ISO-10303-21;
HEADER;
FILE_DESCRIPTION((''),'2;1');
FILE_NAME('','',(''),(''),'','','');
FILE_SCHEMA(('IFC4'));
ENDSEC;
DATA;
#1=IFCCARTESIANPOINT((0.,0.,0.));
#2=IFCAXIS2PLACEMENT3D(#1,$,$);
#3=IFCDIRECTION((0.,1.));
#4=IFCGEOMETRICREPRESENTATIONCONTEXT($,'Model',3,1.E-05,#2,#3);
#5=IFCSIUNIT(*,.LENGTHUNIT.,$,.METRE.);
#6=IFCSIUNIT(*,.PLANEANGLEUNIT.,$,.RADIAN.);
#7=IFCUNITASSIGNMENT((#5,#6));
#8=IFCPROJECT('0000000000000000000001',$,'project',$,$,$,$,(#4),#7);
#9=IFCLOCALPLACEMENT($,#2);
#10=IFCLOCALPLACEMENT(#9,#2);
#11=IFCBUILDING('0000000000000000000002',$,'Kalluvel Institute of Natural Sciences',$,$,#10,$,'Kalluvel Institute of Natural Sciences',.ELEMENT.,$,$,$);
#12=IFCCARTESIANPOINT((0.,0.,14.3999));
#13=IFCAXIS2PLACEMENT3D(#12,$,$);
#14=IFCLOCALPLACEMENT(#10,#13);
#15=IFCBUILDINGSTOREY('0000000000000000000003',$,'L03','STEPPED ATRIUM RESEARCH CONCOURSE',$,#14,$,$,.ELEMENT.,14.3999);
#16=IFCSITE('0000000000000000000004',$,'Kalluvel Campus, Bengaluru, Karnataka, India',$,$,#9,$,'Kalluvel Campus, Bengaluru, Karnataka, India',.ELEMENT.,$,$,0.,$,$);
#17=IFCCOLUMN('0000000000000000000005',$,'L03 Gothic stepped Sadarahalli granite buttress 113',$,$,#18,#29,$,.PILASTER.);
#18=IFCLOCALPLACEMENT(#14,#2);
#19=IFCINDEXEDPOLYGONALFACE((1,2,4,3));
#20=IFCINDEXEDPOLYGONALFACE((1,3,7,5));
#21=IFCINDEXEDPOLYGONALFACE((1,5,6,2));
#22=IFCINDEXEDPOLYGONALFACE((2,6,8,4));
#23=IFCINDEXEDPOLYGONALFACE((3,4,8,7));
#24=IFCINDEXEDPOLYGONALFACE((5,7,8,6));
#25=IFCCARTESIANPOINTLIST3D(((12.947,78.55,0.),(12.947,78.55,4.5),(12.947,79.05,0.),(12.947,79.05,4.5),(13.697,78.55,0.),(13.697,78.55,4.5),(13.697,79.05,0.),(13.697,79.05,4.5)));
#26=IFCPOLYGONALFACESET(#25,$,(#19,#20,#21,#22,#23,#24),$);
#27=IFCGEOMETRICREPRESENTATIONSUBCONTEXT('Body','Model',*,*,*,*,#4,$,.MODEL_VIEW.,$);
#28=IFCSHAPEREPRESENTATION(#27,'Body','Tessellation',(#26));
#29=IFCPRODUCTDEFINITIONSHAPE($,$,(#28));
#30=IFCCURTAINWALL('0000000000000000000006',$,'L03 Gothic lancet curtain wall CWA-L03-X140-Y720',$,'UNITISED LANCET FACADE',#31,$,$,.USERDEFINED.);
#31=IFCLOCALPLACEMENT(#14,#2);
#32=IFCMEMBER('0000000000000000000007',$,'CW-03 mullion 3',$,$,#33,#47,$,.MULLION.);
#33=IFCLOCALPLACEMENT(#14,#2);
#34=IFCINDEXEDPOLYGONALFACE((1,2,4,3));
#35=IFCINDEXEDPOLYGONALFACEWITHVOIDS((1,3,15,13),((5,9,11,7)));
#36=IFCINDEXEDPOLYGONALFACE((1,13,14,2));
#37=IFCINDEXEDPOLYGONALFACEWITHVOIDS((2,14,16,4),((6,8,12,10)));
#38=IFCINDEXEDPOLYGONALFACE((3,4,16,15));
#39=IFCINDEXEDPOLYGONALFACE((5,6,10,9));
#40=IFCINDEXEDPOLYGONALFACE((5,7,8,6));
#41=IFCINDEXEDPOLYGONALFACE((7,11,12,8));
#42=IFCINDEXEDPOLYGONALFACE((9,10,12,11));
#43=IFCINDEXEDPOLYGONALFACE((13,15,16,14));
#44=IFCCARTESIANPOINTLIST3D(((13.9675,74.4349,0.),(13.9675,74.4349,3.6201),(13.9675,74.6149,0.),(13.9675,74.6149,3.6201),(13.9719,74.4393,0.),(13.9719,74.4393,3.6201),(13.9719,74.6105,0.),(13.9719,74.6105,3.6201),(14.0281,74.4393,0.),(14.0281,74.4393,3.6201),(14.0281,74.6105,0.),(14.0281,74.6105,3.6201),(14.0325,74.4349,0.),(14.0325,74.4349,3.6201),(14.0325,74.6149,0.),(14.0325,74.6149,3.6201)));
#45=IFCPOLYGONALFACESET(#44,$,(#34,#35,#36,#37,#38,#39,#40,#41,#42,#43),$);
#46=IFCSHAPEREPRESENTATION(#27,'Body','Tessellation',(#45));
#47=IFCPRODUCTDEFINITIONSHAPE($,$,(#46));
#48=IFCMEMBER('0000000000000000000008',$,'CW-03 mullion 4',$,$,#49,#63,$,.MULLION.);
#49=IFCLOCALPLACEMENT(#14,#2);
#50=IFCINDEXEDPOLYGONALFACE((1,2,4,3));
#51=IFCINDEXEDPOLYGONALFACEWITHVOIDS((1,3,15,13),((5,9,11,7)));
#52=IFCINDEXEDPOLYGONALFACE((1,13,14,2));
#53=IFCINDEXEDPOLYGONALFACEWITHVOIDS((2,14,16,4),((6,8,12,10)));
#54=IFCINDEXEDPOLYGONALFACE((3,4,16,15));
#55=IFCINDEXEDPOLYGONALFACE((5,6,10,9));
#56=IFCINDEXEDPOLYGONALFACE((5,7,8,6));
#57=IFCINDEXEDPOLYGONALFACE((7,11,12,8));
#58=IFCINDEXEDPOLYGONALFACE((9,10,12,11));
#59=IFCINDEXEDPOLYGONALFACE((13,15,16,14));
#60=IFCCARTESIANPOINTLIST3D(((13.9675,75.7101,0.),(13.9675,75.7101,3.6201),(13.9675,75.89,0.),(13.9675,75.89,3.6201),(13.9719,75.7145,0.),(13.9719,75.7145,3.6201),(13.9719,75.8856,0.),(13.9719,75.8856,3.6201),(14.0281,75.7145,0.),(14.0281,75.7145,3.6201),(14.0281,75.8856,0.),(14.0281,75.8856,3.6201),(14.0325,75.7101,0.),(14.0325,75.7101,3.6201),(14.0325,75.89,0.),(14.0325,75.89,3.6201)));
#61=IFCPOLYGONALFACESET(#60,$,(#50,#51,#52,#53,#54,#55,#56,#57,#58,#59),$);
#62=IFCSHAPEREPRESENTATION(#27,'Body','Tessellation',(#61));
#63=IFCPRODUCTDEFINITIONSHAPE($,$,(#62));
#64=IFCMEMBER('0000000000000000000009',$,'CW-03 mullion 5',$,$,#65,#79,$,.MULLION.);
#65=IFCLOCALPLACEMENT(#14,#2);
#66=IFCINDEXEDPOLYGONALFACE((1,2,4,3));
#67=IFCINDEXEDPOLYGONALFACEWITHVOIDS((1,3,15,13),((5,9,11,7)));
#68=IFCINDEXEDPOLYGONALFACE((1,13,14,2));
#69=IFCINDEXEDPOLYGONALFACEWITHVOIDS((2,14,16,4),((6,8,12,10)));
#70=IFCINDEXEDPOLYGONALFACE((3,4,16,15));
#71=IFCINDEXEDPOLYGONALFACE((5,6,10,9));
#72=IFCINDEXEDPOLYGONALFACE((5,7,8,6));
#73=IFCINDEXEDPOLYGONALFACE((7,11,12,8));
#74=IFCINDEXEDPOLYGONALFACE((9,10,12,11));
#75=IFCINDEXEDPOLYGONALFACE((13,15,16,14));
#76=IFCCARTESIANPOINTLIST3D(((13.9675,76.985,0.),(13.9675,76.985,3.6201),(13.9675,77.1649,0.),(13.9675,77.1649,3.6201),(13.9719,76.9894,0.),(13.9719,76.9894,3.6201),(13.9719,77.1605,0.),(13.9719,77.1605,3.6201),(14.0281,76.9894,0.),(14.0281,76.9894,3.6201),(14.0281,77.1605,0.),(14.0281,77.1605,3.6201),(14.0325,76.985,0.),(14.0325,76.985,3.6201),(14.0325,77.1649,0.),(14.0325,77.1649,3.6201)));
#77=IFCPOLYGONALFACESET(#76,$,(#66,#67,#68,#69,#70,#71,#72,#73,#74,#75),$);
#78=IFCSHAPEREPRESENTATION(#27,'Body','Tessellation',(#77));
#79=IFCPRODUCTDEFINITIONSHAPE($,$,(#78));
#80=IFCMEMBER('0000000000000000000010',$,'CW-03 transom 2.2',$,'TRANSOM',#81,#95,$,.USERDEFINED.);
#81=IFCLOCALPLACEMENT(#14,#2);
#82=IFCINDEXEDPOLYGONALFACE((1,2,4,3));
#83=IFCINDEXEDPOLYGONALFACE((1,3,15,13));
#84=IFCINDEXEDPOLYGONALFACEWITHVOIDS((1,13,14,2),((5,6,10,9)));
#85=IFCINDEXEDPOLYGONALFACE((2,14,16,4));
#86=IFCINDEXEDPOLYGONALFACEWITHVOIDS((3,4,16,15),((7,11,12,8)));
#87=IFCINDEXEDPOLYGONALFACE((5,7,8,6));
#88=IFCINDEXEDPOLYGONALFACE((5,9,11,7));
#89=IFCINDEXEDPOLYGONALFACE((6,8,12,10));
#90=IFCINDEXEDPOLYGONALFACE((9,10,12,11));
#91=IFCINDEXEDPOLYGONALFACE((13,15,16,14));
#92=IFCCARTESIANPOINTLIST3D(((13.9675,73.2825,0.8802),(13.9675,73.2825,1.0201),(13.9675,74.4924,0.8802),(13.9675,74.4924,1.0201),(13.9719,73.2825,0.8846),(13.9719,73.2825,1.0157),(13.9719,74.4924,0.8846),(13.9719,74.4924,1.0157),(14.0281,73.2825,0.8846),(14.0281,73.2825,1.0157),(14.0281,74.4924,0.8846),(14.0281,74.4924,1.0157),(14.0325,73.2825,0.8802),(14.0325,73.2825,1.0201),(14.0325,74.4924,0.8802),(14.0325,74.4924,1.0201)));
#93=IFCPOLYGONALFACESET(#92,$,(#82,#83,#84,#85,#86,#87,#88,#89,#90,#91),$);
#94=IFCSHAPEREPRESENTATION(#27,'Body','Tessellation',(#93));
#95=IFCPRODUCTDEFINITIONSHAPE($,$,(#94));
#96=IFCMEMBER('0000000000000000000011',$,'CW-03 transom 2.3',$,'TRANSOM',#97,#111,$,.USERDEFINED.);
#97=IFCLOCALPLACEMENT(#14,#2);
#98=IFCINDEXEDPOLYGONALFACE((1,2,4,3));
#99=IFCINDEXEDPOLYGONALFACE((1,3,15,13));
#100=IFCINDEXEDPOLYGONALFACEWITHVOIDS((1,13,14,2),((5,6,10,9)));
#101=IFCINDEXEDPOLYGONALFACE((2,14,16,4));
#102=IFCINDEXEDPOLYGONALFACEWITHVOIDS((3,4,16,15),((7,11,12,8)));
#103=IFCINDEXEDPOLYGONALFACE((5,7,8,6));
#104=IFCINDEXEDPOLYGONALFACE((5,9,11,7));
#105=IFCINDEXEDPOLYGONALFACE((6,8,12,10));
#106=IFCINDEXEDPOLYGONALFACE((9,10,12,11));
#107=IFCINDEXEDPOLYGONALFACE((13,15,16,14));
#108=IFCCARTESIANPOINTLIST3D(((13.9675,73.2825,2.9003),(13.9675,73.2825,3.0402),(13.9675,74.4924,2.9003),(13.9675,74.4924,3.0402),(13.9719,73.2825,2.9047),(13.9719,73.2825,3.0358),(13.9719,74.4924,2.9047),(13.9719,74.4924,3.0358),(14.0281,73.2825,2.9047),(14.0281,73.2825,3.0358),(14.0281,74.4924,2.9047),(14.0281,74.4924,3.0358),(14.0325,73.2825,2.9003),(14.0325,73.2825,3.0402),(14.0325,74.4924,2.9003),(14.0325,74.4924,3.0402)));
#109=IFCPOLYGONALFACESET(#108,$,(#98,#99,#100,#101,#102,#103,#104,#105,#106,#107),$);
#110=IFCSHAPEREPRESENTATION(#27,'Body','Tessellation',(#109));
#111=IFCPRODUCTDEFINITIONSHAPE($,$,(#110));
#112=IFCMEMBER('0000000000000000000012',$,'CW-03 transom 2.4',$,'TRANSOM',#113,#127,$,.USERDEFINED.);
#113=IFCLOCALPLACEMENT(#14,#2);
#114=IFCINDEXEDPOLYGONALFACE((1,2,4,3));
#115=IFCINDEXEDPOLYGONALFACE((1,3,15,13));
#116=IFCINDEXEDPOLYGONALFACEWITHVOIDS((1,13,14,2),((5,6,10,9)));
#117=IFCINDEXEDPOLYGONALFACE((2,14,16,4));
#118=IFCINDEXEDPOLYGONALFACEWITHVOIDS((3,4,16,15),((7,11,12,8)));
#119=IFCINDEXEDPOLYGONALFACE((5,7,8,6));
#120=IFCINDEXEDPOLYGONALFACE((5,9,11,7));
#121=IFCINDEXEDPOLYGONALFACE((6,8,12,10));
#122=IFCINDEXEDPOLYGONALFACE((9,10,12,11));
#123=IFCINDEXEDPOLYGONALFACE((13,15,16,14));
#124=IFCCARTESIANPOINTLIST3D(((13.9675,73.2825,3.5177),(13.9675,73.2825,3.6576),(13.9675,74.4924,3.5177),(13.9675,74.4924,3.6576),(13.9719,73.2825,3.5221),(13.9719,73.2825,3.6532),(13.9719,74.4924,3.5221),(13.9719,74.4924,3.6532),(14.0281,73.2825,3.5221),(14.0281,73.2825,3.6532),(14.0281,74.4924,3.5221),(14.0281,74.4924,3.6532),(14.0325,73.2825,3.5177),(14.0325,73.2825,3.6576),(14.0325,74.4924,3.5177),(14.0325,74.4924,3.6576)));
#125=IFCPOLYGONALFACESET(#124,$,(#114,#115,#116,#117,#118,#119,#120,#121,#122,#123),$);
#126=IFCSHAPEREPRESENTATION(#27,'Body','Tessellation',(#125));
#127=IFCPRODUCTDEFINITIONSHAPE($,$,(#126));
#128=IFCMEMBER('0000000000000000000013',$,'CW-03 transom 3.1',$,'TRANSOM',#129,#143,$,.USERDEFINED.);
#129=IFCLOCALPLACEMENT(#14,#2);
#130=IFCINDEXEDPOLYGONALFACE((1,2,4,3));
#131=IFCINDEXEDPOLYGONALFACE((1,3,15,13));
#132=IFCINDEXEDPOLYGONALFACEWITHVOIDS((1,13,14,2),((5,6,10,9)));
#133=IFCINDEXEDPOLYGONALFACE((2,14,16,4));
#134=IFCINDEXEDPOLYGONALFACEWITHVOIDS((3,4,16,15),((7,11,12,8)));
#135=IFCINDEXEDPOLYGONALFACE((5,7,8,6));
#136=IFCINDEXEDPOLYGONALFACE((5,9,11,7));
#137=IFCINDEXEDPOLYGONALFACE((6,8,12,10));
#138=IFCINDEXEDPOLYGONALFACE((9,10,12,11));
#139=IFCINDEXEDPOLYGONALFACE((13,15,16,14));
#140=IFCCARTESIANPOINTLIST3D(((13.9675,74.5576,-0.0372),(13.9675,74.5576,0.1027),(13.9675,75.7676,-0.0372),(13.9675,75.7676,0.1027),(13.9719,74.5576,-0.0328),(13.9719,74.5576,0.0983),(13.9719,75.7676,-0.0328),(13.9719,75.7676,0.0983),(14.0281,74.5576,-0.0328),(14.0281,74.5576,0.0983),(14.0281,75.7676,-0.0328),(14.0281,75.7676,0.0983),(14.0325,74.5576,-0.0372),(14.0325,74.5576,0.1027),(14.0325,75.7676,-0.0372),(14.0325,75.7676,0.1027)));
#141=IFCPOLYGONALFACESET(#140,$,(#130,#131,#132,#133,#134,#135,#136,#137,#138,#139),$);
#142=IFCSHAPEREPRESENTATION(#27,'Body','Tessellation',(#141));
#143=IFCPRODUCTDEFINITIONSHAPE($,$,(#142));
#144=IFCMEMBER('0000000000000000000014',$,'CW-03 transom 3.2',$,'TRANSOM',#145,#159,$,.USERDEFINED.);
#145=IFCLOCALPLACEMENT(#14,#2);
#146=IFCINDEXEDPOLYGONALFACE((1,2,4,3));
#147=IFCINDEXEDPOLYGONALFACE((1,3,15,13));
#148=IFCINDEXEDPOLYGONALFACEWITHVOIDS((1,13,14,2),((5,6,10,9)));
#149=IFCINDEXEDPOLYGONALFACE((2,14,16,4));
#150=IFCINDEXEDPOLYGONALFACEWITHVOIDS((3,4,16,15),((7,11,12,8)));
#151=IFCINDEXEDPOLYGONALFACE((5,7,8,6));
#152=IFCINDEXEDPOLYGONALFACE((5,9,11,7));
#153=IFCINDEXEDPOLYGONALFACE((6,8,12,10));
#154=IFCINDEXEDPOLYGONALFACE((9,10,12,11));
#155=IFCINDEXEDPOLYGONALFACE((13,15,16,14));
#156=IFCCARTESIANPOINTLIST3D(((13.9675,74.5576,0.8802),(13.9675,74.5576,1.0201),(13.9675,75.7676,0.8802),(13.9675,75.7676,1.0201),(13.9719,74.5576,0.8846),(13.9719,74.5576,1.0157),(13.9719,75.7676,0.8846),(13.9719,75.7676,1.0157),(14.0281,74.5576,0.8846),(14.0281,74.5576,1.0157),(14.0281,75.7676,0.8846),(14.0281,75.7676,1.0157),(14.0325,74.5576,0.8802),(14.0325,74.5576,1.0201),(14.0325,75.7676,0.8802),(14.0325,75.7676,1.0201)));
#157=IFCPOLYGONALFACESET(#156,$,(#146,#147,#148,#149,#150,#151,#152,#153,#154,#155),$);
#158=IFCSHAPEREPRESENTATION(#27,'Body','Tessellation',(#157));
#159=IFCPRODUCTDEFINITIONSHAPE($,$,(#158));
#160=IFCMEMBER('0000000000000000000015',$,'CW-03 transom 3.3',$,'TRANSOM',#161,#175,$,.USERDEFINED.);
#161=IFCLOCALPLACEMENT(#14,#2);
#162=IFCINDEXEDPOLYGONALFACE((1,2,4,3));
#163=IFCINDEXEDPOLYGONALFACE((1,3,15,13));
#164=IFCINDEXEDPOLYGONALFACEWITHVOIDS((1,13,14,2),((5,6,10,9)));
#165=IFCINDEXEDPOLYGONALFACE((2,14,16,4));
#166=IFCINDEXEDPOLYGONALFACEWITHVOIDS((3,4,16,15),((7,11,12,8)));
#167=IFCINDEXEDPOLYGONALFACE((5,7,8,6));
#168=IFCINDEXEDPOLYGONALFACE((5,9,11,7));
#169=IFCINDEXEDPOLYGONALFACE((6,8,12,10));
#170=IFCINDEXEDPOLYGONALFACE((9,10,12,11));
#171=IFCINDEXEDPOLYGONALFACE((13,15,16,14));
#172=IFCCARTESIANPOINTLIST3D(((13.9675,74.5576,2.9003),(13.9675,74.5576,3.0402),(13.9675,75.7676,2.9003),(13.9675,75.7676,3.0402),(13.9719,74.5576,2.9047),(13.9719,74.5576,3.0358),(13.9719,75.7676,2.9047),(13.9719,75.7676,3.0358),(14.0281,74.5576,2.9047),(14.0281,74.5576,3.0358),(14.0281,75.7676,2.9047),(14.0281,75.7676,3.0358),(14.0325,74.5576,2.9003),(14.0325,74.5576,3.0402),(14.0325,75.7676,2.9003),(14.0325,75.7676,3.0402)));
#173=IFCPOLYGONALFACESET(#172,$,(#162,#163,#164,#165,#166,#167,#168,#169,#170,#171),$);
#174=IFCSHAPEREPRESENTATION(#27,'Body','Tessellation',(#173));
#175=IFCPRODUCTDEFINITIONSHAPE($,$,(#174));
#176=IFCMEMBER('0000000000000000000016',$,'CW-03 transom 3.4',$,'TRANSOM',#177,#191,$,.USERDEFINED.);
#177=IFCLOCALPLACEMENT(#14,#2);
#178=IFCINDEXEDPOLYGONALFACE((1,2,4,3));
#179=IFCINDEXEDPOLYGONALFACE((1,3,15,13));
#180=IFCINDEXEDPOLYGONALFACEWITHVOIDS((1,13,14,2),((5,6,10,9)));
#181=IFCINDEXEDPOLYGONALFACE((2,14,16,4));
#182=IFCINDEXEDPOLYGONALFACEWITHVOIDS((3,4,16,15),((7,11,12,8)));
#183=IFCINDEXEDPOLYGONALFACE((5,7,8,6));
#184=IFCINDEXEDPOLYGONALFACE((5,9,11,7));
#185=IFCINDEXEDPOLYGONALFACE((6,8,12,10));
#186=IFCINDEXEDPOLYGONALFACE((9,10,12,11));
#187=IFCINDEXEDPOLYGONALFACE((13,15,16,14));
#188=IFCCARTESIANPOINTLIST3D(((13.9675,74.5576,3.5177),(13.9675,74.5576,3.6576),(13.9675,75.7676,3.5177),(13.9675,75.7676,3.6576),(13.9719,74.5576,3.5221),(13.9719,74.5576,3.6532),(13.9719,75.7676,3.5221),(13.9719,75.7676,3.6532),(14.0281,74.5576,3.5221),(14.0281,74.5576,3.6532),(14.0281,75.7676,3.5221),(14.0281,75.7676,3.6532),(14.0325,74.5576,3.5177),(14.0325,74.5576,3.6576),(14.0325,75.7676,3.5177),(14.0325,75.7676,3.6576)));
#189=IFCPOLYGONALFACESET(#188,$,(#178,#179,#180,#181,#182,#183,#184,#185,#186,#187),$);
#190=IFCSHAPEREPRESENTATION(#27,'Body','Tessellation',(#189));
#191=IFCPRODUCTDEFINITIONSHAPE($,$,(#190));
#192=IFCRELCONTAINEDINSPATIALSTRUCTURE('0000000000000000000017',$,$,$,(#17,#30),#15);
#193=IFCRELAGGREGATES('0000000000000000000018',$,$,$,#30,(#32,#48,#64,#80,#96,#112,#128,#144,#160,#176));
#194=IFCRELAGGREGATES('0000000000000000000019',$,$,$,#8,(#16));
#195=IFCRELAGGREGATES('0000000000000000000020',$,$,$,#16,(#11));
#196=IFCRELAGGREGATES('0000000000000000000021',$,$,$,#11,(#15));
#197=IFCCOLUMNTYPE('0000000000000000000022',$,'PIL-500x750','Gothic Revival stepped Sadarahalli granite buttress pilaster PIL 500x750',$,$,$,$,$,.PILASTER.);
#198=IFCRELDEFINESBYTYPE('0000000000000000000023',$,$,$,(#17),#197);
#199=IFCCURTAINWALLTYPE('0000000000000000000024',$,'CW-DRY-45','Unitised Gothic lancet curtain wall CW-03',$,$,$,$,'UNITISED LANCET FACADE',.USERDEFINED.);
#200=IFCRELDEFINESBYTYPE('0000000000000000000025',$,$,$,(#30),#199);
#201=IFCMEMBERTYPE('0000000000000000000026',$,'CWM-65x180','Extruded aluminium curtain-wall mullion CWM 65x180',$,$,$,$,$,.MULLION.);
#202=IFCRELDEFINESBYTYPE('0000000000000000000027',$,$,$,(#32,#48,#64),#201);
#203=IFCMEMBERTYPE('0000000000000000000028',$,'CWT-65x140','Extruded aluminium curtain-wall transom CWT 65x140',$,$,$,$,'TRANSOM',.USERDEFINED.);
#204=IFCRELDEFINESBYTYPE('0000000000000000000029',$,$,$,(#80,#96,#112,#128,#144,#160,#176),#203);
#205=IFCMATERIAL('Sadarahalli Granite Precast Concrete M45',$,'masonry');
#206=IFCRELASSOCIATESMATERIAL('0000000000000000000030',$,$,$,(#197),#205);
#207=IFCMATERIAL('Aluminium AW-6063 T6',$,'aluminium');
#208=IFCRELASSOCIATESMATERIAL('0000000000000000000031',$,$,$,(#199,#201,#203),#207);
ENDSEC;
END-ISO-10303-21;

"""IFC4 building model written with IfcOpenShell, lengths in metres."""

from ifc_helpers import new_model, si_unit, direction, frame, origin, origin_2d, place, context, subcontext, project, spatial, rectangle, hollow_rectangle, extrude, material, material_profile, profile_set, type_object, element, aggregate, save


model = new_model("IFC4")

# Units and contexts
model_context = context("Model", 3, precision=1e-05, world=origin(), true_north=direction((0.0, 1.0)))
body_context = subcontext(model_context, "Body", "Model", "MODEL_VIEW")
ifc_project = project(units=[si_unit("LENGTHUNIT", "METRE"), si_unit("PLANEANGLEUNIT", "RADIAN")], contexts=[model_context])

# Site, building, storey
site_placement = place(None, origin())
site = spatial("IfcSite", under=ifc_project, at=site_placement, Name="Kalluvel Campus, Bengaluru, Karnataka, India", LongName="Kalluvel Campus, Bengaluru, Karnataka, India", CompositionType="ELEMENT", RefElevation=0.0)
building_placement = place(site_placement, origin())
building = spatial("IfcBuilding", under=site, at=building_placement, Name="Kalluvel Institute of Natural Sciences", LongName="Kalluvel Institute of Natural Sciences", CompositionType="ELEMENT")
storey_placement = place(building_placement, frame((0.0, 0.0, 14.3999)))
storey = spatial("IfcBuildingStorey", under=building, at=storey_placement, Name="L03", Description="STEPPED ATRIUM RESEARCH CONCOURSE", CompositionType="ELEMENT", Elevation=14.3999)

# Column
ifc_material_1 = material(Name="Sadarahalli Granite Precast Concrete M45", Category="masonry")
ifc_material_profile_1 = material_profile(ifc_material_1, rectangle(XDim=0.5, YDim=0.75, at=origin_2d()), Name="PIL 500x750")
ifc_profile_set_1 = profile_set([ifc_material_profile_1], Name="Sadarahalli Granite Precast Concrete M45")
column_type = type_object("IfcColumnType", Name="PIL-500x750", Description="Gothic Revival stepped Sadarahalli granite buttress pilaster PIL 500x750", PredefinedType="PILASTER", material=ifc_profile_set_1)
column_placement = place(storey_placement, frame((13.322, 78.8, 0.0), z_axis=(0.0, 0.0, 1.0), x_axis=(0.0, 1.0, 0.0)))
element("IfcColumn", 1, at=column_placement, inside=storey, type_object=column_type, Name="L03 Gothic stepped Sadarahalli granite buttress 113", PredefinedType="PILASTER", context=body_context, shape_type="SweptSolid", body=[
    extrude(rectangle(XDim=0.5, YDim=0.75, at=origin_2d()), origin(), (0.0, 0.0, 1.0), 4.5),
])

# Curtain wall, members
ifc_material_2 = material(Name="Aluminium AW-6063 T6", Category="aluminium")
curtain_wall_type = type_object("IfcCurtainWallType", Name="CW-DRY-45", Description="Unitised Gothic lancet curtain wall CW-03", ElementType="UNITISED LANCET FACADE", PredefinedType="USERDEFINED", material=ifc_material_2)
curtain_wall_placement = place(storey_placement, origin())
curtain_wall = element("IfcCurtainWall", 2, at=curtain_wall_placement, inside=storey, type_object=curtain_wall_type, Name="L03 Gothic lancet curtain wall CWA-L03-X140-Y720", ObjectType="UNITISED LANCET FACADE", PredefinedType="USERDEFINED")
ifc_material_profile_2 = material_profile(ifc_material_2, hollow_rectangle(XDim=0.0649, YDim=0.1799, WallThickness=0.0044, at=origin_2d()), Name="CWM 65x180")
ifc_profile_set_2 = profile_set([ifc_material_profile_2], Name="Aluminium AW-6063 T6")
member_type_1 = type_object("IfcMemberType", Name="CWM-65x180", Description="Extruded aluminium curtain-wall mullion CWM 65x180", PredefinedType="MULLION", material=ifc_profile_set_2)
member_1_placement = place(storey_placement, frame((14.0, 74.5249, 0.0), z_axis=(0.0, 0.0, 1.0), x_axis=(-1.0, 0.0, 0.0)))
member_1 = element("IfcMember", 3, at=member_1_placement, type_object=member_type_1, Name="CW-03 mullion 3", PredefinedType="MULLION", context=body_context, shape_type="SweptSolid", body=[
    extrude(hollow_rectangle(XDim=0.0649, YDim=0.1799, WallThickness=0.0044, at=origin_2d()), origin(), (0.0, 0.0, 1.0), 3.6201),
])
member_2_placement = place(storey_placement, frame((14.0, 75.8, 0.0), z_axis=(0.0, 0.0, 1.0), x_axis=(-1.0, 0.0, 0.0)))
member_2 = element("IfcMember", 4, at=member_2_placement, type_object=member_type_1, Name="CW-03 mullion 4", PredefinedType="MULLION", context=body_context, shape_type="SweptSolid", body=[
    extrude(hollow_rectangle(XDim=0.0649, YDim=0.1799, WallThickness=0.0044, at=origin_2d()), origin(), (0.0, 0.0, 1.0), 3.6201),
])
member_3_placement = place(storey_placement, frame((14.0, 77.075, 0.0), z_axis=(0.0, 0.0, 1.0), x_axis=(-1.0, 0.0, 0.0)))
member_3 = element("IfcMember", 5, at=member_3_placement, type_object=member_type_1, Name="CW-03 mullion 5", PredefinedType="MULLION", context=body_context, shape_type="SweptSolid", body=[
    extrude(hollow_rectangle(XDim=0.0649, YDim=0.1799, WallThickness=0.0044, at=origin_2d()), origin(), (0.0, 0.0, 1.0), 3.6201),
])
ifc_material_profile_3 = material_profile(ifc_material_2, hollow_rectangle(XDim=0.0649, YDim=0.1399, WallThickness=0.0044, at=origin_2d()), Name="CWT 65x140")
ifc_profile_set_3 = profile_set([ifc_material_profile_3], Name="Aluminium AW-6063 T6")
member_type_2 = type_object("IfcMemberType", Name="CWT-65x140", Description="Extruded aluminium curtain-wall transom CWT 65x140", ElementType="TRANSOM", PredefinedType="USERDEFINED", material=ifc_profile_set_3)
member_4_placement = place(storey_placement, frame((14.0, 73.2825, 0.9502), z_axis=(0.0, 1.0, 0.0), x_axis=(-1.0, 0.0, 0.0)))
member_4 = element("IfcMember", 6, at=member_4_placement, type_object=member_type_2, Name="CW-03 transom 2.2", ObjectType="TRANSOM", PredefinedType="USERDEFINED", context=body_context, shape_type="SweptSolid", body=[
    extrude(hollow_rectangle(XDim=0.0649, YDim=0.1399, WallThickness=0.0044, at=origin_2d()), origin(), (0.0, 0.0, 1.0), 1.21),
])
member_5_placement = place(storey_placement, frame((14.0, 73.2825, 2.9702), z_axis=(0.0, 1.0, 0.0), x_axis=(-1.0, 0.0, 0.0)))
member_5 = element("IfcMember", 7, at=member_5_placement, type_object=member_type_2, Name="CW-03 transom 2.3", ObjectType="TRANSOM", PredefinedType="USERDEFINED", context=body_context, shape_type="SweptSolid", body=[
    extrude(hollow_rectangle(XDim=0.0649, YDim=0.1399, WallThickness=0.0044, at=origin_2d()), origin(), (0.0, 0.0, 1.0), 1.21),
])
member_6_placement = place(storey_placement, frame((14.0, 73.2825, 3.5876), z_axis=(0.0, 1.0, 0.0), x_axis=(-1.0, 0.0, 0.0)))
member_6 = element("IfcMember", 8, at=member_6_placement, type_object=member_type_2, Name="CW-03 transom 2.4", ObjectType="TRANSOM", PredefinedType="USERDEFINED", context=body_context, shape_type="SweptSolid", body=[
    extrude(hollow_rectangle(XDim=0.0649, YDim=0.1399, WallThickness=0.0044, at=origin_2d()), origin(), (0.0, 0.0, 1.0), 1.21),
])
member_7_placement = place(storey_placement, frame((14.0, 74.5576, 0.0327), z_axis=(0.0, 1.0, 0.0), x_axis=(-1.0, 0.0, 0.0)))
member_7 = element("IfcMember", 9, at=member_7_placement, type_object=member_type_2, Name="CW-03 transom 3.1", ObjectType="TRANSOM", PredefinedType="USERDEFINED", context=body_context, shape_type="SweptSolid", body=[
    extrude(hollow_rectangle(XDim=0.0649, YDim=0.1399, WallThickness=0.0044, at=origin_2d()), origin(), (0.0, 0.0, 1.0), 1.21),
])
member_8_placement = place(storey_placement, frame((14.0, 74.5576, 0.9502), z_axis=(0.0, 1.0, 0.0), x_axis=(-1.0, 0.0, 0.0)))
member_8 = element("IfcMember", 10, at=member_8_placement, type_object=member_type_2, Name="CW-03 transom 3.2", ObjectType="TRANSOM", PredefinedType="USERDEFINED", context=body_context, shape_type="SweptSolid", body=[
    extrude(hollow_rectangle(XDim=0.0649, YDim=0.1399, WallThickness=0.0044, at=origin_2d()), origin(), (0.0, 0.0, 1.0), 1.21),
])
member_9_placement = place(storey_placement, frame((14.0, 74.5576, 2.9702), z_axis=(0.0, 1.0, 0.0), x_axis=(-1.0, 0.0, 0.0)))
member_9 = element("IfcMember", 11, at=member_9_placement, type_object=member_type_2, Name="CW-03 transom 3.3", ObjectType="TRANSOM", PredefinedType="USERDEFINED", context=body_context, shape_type="SweptSolid", body=[
    extrude(hollow_rectangle(XDim=0.0649, YDim=0.1399, WallThickness=0.0044, at=origin_2d()), origin(), (0.0, 0.0, 1.0), 1.21),
])
member_10_placement = place(storey_placement, frame((14.0, 74.5576, 3.5876), z_axis=(0.0, 1.0, 0.0), x_axis=(-1.0, 0.0, 0.0)))
member_10 = element("IfcMember", 12, at=member_10_placement, type_object=member_type_2, Name="CW-03 transom 3.4", ObjectType="TRANSOM", PredefinedType="USERDEFINED", context=body_context, shape_type="SweptSolid", body=[
    extrude(hollow_rectangle(XDim=0.0649, YDim=0.1399, WallThickness=0.0044, at=origin_2d()), origin(), (0.0, 0.0, 1.0), 1.21),
])
aggregate(curtain_wall, [member_1, member_2, member_3, member_4, member_5, member_6, member_7, member_8, member_9, member_10])

save(model, "model.ifc")
